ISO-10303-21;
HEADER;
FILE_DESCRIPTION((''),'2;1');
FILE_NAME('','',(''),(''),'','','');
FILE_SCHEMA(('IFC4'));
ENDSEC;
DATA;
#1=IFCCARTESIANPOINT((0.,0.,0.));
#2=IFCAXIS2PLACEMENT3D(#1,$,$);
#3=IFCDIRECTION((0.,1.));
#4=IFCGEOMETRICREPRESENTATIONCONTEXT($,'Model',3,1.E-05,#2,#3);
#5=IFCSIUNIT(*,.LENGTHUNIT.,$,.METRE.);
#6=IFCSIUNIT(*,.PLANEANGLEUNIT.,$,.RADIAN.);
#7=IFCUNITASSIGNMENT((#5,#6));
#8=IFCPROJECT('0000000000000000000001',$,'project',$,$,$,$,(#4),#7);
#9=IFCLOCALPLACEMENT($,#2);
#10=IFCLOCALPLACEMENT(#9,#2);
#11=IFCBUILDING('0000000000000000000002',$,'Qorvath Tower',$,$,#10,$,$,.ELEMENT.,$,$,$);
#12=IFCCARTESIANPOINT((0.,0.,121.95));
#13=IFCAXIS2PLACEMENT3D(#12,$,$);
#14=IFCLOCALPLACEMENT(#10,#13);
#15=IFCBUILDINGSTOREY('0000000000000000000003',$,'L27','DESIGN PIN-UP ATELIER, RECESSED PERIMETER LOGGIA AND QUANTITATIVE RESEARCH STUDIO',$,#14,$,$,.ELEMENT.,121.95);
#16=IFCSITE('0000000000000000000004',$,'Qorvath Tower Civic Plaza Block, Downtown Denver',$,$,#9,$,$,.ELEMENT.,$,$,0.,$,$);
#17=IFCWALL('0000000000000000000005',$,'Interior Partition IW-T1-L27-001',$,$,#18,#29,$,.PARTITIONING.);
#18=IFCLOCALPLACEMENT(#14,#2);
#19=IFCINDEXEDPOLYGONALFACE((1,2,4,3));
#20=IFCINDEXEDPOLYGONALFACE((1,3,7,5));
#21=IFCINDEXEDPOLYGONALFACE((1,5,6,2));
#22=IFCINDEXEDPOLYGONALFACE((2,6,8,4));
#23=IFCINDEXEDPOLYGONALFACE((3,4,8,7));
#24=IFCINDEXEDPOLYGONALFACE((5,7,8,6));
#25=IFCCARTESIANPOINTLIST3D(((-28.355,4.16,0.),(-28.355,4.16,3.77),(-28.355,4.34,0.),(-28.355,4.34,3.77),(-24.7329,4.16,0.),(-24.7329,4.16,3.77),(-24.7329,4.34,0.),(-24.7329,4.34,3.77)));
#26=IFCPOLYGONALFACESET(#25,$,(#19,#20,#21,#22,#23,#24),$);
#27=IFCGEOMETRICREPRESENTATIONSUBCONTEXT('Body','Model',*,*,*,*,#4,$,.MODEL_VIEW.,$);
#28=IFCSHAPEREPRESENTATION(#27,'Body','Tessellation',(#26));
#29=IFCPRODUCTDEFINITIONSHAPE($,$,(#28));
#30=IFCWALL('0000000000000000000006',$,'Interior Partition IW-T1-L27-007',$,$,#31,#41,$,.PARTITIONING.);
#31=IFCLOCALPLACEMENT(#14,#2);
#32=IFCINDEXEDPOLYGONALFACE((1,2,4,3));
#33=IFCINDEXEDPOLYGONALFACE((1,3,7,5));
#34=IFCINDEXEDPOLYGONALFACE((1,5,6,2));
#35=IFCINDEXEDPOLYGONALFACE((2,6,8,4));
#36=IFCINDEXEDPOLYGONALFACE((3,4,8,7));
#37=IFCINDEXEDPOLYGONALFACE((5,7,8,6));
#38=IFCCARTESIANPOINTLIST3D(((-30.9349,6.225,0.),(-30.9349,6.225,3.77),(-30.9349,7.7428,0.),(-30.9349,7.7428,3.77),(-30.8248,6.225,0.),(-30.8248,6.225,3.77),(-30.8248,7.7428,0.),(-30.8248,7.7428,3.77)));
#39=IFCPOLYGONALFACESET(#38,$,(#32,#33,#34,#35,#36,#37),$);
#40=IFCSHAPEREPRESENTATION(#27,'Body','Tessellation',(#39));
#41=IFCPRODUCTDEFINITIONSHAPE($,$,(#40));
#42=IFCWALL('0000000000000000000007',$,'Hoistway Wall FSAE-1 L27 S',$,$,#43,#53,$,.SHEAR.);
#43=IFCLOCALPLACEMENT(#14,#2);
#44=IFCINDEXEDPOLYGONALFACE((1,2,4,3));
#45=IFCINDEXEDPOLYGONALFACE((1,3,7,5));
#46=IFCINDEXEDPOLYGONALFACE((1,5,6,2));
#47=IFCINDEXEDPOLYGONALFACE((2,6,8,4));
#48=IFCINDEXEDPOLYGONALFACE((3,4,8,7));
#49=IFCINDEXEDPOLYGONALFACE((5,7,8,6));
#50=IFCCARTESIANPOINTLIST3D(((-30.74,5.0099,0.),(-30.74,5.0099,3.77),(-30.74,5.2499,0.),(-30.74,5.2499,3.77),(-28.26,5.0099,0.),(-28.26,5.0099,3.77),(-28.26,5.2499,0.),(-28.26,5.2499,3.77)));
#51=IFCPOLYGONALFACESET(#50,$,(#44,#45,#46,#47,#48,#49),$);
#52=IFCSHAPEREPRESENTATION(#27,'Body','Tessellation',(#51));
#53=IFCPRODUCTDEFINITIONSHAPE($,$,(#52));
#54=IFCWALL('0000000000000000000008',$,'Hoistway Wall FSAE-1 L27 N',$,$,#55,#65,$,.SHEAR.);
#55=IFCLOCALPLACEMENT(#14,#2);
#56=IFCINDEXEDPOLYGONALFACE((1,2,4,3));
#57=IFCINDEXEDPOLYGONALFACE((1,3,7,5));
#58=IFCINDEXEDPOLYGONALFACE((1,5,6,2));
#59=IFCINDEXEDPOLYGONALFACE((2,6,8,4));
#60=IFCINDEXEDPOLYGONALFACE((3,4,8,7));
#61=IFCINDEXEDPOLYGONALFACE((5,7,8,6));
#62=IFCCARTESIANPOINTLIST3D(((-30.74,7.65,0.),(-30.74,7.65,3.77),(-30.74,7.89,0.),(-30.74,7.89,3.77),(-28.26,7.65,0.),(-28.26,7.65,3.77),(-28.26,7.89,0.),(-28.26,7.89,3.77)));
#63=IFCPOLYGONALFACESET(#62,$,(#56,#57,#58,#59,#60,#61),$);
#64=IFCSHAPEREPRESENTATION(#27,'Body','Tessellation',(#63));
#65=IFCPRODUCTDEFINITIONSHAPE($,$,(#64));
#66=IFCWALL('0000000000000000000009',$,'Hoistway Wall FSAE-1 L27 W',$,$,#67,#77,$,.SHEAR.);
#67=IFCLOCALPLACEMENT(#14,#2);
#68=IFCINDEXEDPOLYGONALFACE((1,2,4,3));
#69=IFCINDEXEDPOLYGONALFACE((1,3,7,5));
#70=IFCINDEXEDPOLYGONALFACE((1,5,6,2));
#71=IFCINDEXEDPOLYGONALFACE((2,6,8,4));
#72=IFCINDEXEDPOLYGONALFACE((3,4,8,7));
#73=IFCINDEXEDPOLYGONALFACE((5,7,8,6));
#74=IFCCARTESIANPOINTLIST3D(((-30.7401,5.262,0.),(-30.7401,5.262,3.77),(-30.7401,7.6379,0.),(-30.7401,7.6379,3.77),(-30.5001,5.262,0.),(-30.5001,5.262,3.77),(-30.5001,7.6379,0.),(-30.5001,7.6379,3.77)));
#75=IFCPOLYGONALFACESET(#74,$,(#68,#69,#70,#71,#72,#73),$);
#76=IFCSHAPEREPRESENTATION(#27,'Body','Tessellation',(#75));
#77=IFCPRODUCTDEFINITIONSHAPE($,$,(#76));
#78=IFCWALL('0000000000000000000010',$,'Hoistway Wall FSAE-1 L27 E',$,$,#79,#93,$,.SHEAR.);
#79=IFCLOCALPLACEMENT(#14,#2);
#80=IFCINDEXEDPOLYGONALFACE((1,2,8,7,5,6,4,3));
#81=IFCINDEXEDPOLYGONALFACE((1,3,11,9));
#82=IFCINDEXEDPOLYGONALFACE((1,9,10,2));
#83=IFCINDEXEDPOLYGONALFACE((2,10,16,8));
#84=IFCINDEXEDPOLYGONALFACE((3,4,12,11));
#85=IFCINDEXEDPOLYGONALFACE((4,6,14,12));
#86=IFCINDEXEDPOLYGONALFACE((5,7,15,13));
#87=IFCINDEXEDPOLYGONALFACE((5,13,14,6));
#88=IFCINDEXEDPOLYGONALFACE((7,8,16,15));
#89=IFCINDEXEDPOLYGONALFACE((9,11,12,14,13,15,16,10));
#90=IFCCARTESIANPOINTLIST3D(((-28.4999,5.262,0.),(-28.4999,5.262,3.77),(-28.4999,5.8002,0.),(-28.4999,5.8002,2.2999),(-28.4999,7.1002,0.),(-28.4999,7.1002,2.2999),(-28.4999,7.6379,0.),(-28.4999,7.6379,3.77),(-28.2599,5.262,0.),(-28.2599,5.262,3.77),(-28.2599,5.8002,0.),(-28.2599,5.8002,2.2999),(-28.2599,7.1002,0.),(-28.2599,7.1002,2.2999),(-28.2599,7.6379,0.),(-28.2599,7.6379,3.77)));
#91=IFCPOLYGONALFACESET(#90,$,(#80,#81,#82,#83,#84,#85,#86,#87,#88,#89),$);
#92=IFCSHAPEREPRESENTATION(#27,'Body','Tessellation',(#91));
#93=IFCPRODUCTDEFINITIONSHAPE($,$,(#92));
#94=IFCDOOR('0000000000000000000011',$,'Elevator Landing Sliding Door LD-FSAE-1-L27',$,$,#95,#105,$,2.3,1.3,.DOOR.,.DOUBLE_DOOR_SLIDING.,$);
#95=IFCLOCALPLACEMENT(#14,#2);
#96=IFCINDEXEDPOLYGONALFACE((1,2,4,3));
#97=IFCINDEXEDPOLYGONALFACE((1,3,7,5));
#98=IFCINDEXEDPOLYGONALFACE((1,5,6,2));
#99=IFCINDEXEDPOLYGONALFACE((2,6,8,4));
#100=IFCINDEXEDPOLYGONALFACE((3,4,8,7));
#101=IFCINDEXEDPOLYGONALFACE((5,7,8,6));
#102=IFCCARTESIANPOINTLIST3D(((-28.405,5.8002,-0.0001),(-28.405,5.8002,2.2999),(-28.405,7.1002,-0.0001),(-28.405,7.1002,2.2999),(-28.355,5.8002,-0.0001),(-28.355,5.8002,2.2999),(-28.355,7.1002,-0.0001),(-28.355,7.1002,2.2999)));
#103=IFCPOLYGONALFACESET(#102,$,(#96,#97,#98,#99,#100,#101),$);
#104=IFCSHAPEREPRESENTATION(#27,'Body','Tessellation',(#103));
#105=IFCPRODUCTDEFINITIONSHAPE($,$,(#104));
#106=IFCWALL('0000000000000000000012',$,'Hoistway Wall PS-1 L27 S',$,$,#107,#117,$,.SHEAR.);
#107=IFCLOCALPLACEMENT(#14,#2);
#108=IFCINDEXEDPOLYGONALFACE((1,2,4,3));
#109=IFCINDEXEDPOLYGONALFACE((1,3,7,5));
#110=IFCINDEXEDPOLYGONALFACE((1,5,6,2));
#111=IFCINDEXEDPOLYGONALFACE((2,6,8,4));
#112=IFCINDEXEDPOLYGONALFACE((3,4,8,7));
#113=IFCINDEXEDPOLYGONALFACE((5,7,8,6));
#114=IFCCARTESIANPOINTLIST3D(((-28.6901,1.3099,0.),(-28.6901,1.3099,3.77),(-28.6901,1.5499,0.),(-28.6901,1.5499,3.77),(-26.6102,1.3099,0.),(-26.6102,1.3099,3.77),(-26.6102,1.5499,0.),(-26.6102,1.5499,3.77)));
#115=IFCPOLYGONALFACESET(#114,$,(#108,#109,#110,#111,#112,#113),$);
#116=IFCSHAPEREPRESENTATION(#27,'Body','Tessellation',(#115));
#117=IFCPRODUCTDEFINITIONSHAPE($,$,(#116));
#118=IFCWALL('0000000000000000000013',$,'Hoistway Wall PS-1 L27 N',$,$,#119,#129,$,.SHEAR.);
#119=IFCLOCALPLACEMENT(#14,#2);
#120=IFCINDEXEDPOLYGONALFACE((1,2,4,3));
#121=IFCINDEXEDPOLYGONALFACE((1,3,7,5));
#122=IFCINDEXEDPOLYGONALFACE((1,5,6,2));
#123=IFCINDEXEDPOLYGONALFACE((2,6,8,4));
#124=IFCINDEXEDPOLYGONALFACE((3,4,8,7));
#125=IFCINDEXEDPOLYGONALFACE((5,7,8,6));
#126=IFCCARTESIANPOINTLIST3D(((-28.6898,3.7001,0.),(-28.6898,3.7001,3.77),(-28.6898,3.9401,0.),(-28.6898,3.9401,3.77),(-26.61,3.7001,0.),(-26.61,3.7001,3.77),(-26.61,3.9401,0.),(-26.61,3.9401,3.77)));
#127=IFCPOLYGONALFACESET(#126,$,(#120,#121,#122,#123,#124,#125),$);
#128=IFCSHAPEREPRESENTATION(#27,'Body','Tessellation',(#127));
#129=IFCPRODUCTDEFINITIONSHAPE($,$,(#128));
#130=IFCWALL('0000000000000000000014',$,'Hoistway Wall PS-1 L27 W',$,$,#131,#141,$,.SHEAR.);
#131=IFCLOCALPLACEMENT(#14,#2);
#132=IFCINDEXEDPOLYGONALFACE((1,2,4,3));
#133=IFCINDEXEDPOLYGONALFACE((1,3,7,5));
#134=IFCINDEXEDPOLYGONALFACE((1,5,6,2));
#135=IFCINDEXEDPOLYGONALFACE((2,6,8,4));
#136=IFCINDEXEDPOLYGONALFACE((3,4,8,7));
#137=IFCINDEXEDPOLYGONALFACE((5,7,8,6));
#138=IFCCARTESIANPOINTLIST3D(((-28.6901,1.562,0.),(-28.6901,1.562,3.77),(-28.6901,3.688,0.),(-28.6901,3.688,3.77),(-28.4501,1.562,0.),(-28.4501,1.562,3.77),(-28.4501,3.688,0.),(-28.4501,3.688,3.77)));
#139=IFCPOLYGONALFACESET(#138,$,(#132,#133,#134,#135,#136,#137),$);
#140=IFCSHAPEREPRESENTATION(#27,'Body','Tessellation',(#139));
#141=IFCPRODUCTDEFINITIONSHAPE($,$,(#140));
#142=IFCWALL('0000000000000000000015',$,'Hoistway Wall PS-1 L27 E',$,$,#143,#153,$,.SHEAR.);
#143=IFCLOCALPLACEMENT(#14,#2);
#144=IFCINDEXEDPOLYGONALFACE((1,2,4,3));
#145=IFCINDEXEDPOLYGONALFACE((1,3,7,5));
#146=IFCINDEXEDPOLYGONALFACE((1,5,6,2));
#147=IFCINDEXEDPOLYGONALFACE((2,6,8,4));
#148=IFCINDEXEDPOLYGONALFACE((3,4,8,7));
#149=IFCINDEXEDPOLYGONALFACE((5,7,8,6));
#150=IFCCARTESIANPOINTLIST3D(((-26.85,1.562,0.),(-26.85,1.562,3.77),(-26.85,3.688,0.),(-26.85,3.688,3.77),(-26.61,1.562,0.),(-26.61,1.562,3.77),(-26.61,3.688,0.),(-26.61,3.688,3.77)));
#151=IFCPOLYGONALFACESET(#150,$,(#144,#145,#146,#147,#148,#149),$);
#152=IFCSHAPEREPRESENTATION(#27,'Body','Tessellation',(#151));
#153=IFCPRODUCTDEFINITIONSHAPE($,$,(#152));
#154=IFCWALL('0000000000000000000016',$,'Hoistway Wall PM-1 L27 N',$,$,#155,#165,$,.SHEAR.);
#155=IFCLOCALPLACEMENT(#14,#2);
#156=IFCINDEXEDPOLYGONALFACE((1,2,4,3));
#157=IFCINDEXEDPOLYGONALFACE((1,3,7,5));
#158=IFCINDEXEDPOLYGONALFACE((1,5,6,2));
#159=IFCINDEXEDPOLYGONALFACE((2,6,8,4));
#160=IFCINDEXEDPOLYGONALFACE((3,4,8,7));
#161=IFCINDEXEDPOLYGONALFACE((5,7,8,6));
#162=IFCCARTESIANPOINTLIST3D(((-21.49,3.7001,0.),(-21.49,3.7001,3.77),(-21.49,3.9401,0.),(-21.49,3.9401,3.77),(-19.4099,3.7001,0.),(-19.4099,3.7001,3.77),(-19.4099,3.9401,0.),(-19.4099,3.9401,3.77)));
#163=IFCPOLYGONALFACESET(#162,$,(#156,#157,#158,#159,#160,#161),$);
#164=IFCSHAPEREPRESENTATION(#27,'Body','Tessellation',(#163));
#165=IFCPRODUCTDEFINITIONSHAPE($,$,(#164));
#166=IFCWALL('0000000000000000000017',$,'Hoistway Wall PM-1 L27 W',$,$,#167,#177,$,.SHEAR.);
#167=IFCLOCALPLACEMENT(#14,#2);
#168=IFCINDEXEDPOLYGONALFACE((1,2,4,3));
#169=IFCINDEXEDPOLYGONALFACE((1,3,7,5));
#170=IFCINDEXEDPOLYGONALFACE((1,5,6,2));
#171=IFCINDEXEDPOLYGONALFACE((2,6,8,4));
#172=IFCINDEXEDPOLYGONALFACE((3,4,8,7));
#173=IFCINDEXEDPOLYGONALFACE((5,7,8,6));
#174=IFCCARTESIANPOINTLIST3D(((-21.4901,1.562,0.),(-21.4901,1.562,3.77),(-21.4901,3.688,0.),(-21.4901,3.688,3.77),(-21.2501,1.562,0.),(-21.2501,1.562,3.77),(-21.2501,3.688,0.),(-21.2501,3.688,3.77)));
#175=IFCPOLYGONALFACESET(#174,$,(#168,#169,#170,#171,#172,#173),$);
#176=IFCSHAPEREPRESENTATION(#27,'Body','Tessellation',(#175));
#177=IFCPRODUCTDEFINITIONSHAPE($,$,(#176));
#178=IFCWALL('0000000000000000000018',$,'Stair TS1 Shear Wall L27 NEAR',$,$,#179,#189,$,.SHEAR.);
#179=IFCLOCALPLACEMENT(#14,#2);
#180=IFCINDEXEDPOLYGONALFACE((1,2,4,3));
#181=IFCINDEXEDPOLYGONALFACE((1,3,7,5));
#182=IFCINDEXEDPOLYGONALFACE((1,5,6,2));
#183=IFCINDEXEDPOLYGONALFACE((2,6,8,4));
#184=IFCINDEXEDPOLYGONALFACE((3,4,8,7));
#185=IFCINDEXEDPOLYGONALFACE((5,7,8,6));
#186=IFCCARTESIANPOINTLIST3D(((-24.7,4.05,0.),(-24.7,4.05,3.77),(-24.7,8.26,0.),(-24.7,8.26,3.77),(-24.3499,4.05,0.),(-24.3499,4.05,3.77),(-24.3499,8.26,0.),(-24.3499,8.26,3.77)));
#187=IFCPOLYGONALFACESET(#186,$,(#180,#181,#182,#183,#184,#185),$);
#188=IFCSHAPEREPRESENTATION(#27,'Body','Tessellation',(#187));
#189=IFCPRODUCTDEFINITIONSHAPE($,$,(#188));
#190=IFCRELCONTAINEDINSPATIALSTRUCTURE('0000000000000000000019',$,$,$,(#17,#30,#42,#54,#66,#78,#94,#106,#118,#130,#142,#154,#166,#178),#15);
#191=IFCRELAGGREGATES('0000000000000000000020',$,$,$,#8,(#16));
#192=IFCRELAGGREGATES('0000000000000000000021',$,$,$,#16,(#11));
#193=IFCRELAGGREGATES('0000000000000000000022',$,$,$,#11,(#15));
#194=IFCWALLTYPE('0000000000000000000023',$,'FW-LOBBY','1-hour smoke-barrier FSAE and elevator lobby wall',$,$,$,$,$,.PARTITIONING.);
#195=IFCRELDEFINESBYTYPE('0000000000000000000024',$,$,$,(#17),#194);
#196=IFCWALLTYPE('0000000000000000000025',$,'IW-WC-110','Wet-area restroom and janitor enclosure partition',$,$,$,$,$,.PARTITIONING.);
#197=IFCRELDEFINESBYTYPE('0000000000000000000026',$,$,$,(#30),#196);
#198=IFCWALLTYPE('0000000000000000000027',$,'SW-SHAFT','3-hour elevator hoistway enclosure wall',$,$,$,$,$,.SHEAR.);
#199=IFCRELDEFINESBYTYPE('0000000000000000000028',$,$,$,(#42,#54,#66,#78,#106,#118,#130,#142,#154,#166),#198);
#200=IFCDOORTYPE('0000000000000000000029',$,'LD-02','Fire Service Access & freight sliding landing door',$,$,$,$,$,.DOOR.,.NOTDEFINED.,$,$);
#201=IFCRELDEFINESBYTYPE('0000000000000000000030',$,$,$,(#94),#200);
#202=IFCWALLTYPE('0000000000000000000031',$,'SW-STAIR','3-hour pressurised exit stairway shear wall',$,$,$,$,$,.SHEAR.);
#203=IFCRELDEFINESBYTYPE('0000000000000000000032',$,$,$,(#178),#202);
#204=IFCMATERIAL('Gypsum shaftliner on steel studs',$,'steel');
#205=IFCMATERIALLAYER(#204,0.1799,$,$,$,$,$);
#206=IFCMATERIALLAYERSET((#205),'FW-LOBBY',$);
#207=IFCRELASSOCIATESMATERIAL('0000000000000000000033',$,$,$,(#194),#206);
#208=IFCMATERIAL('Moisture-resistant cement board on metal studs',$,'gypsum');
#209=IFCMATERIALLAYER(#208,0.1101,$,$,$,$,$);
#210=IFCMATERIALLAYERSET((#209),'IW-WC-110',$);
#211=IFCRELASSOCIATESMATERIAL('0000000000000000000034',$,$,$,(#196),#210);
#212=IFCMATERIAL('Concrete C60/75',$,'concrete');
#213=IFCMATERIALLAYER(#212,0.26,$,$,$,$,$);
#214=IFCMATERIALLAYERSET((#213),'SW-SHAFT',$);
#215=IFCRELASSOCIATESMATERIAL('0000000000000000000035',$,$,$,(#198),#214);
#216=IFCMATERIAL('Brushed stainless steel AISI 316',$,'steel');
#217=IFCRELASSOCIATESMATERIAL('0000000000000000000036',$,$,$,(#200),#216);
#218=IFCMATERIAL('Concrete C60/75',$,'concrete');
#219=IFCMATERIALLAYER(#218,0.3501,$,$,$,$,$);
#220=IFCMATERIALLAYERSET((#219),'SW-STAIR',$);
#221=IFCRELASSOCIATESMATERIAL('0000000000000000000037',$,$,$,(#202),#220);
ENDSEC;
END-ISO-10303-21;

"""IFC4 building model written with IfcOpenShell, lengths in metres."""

from ifc_helpers import new_model, si_unit, direction, frame, frame_2d, origin, place, context, subcontext, project, spatial, rectangle, extrude, material, layer, layer_set, type_object, element, fill, save


model = new_model("IFC4")

# Units and contexts
model_context = context("Model", 3, precision=1e-05, world=origin(), true_north=direction((0.0, 1.0)))
body_context = subcontext(model_context, "Body", "Model", "MODEL_VIEW")
ifc_project = project(units=[si_unit("LENGTHUNIT", "METRE"), si_unit("PLANEANGLEUNIT", "RADIAN")], contexts=[model_context])

# Site, building, storey
site_placement = place(None, origin())
site = spatial("IfcSite", under=ifc_project, at=site_placement, Name="Qorvath Tower Civic Plaza Block, Downtown Denver", CompositionType="ELEMENT", RefElevation=0.0)
building_placement = place(site_placement, origin())
building = spatial("IfcBuilding", under=site, at=building_placement, Name="Qorvath Tower", CompositionType="ELEMENT")
storey_placement = place(building_placement, frame((0.0, 0.0, 121.95)))
storey = spatial("IfcBuildingStorey", under=building, at=storey_placement, Name="L27", Description="DESIGN PIN-UP ATELIER, RECESSED PERIMETER LOGGIA AND QUANTITATIVE RESEARCH STUDIO", CompositionType="ELEMENT", Elevation=121.95)

# Wall
ifc_material_1 = material(Name="Gypsum shaftliner on steel studs", Category="steel")
ifc_layer_1 = layer(ifc_material_1, 0.1799)
ifc_layer_set_1 = layer_set([ifc_layer_1], Name="FW-LOBBY")
wall_type_1 = type_object("IfcWallType", Name="FW-LOBBY", Description="1-hour smoke-barrier FSAE and elevator lobby wall", PredefinedType="PARTITIONING", material=ifc_layer_set_1)
wall_1_placement = place(storey_placement, frame((-28.355, 4.25, 0.0), z_axis=(0.0, 0.0, 1.0), x_axis=(1.0, 0.0, 0.0)))
element("IfcWall", 1, at=wall_1_placement, inside=storey, type_object=wall_type_1, Name="Interior Partition IW-T1-L27-001", PredefinedType="PARTITIONING", context=body_context, shape_type="SweptSolid", body=[
    extrude(rectangle(XDim=3.6221, YDim=0.1799, at=frame_2d((1.811, 0.0))), origin(), (0.0, 0.0, 1.0), 3.77),
])

# Walls
ifc_material_2 = material(Name="Moisture-resistant cement board on metal studs", Category="gypsum")
ifc_layer_2 = layer(ifc_material_2, 0.1101)
ifc_layer_set_2 = layer_set([ifc_layer_2], Name="IW-WC-110")
wall_type_2 = type_object("IfcWallType", Name="IW-WC-110", Description="Wet-area restroom and janitor enclosure partition", PredefinedType="PARTITIONING", material=ifc_layer_set_2)
wall_2_placement = place(storey_placement, frame((-30.8799, 6.2251, 0.0), z_axis=(0.0, 0.0, 1.0), x_axis=(0.0, 1.0, 0.0)))
element("IfcWall", 2, at=wall_2_placement, inside=storey, type_object=wall_type_2, Name="Interior Partition IW-T1-L27-007", PredefinedType="PARTITIONING", context=body_context, shape_type="SweptSolid", body=[
    extrude(rectangle(XDim=1.5178, YDim=0.1101, at=frame_2d((0.7588, 0.0))), origin(), (0.0, 0.0, 1.0), 3.77),
])
ifc_material_3 = material(Name="Concrete C60/75", Category="concrete")
ifc_layer_3 = layer(ifc_material_3, 0.26)
ifc_layer_set_3 = layer_set([ifc_layer_3], Name="SW-SHAFT")
wall_type_3 = type_object("IfcWallType", Name="SW-SHAFT", Description="3-hour elevator hoistway enclosure wall", PredefinedType="SHEAR", material=ifc_layer_set_3)
for number, where, z_axis, x_axis, name in (
    (3, (-28.26, 5.1299, 0.0), (0.0, 0.0, 1.0), (-1.0, 0.0, 0.0), "Hoistway Wall FSAE-1 L27 S"),
    (4, (-30.74, 7.77, 0.0), (0.0, 0.0, 1.0), (1.0, 0.0, 0.0), "Hoistway Wall FSAE-1 L27 N"),
):
    element("IfcWall", number, at=place(storey_placement, frame(where, z_axis=z_axis, x_axis=x_axis)), inside=storey, type_object=wall_type_3, Name=name, PredefinedType="SHEAR", context=body_context, shape_type="SweptSolid", body=[
        extrude(rectangle(XDim=2.48, YDim=0.24, at=frame_2d((1.24, 0.0))), origin(), (0.0, 0.0, 1.0), 3.77),
    ])
wall_3_placement = place(storey_placement, frame((-30.6201, 5.262, 0.0), z_axis=(0.0, 0.0, 1.0), x_axis=(0.0, 1.0, 0.0)))
element("IfcWall", 5, at=wall_3_placement, inside=storey, type_object=wall_type_3, Name="Hoistway Wall FSAE-1 L27 W", PredefinedType="SHEAR", context=body_context, shape_type="SweptSolid", body=[
    extrude(rectangle(XDim=2.376, YDim=0.24, at=frame_2d((1.188, 0.0))), origin(), (0.0, 0.0, 1.0), 3.77),
])

# Wall, opening, door
wall_4_placement = place(storey_placement, frame((-28.3799, 7.6379, 0.0), z_axis=(0.0, 0.0, 1.0), x_axis=(0.0, -1.0, 0.0)))
wall_4 = element("IfcWall", 6, at=wall_4_placement, inside=storey, type_object=wall_type_3, Name="Hoistway Wall FSAE-1 L27 E", PredefinedType="SHEAR", context=body_context, shape_type="SweptSolid", body=[
    extrude(rectangle(XDim=2.376, YDim=0.24, at=frame_2d((1.188, 0.0))), origin(), (0.0, 0.0, 1.0), 3.77),
])
opening_1_placement = place(wall_4_placement, frame((0.5378, 0.0, 0.0)))
opening_1 = element("IfcOpeningElement", 7, at=opening_1_placement, cuts=wall_4, PredefinedType="OPENING", context=body_context, shape_type="SweptSolid", body=[
    extrude(rectangle(XDim=1.3, YDim=2.3, at=frame_2d((0.6499, 1.1499))), frame((0.0, 0.1299, 0.0), z_axis=(0.0, -1.0, 0.0), x_axis=(1.0, 0.0, 0.0)), (0.0, 0.0, 1.0), 0.26),
])
ifc_material_4 = material(Name="Brushed stainless steel AISI 316", Category="steel")
door_type_1 = type_object("IfcDoorType", Name="LD-02", Description="Fire Service Access & freight sliding landing door", OperationType="NOTDEFINED", PredefinedType="DOOR", material=ifc_material_4)
door_1_placement = place(opening_1_placement, origin())
door_1 = element("IfcDoor", 8, at=door_1_placement, inside=storey, type_object=door_type_1, Name="Elevator Landing Sliding Door LD-FSAE-1-L27", OperationType="DOUBLE_DOOR_SLIDING", OverallHeight=2.3, OverallWidth=1.3, PredefinedType="DOOR", context=body_context, shape_type="SweptSolid", body=[
    extrude(rectangle(XDim=1.3, YDim=2.3, at=frame_2d((0.6499, 1.1499))), frame((0.0, 0.0249, 0.0), z_axis=(0.0, -1.0, 0.0), x_axis=(1.0, 0.0, 0.0)), (0.0, 0.0, 1.0), 0.05),
])
fill(opening_1, door_1)

# Walls
for number, where, z_axis, x_axis, name in (
    (9, (-26.6101, 1.4299, 0.0), (0.0, 0.0, 1.0), (-1.0, 0.0, 0.0), "Hoistway Wall PS-1 L27 S"),
    (10, (-28.6899, 3.8201, 0.0), (0.0, 0.0, 1.0), (1.0, 0.0, 0.0), "Hoistway Wall PS-1 L27 N"),
):
    element("IfcWall", number, at=place(storey_placement, frame(where, z_axis=z_axis, x_axis=x_axis)), inside=storey, type_object=wall_type_3, Name=name, PredefinedType="SHEAR", context=body_context, shape_type="SweptSolid", body=[
        extrude(rectangle(XDim=2.0798, YDim=0.24, at=frame_2d((1.04, 0.0))), origin(), (0.0, 0.0, 1.0), 3.77),
    ])
for number, where, z_axis, x_axis, name in (
    (11, (-28.5701, 1.562, 0.0), (0.0, 0.0, 1.0), (0.0, 1.0, 0.0), "Hoistway Wall PS-1 L27 W"),
    (12, (-26.73, 3.688, 0.0), (0.0, 0.0, 1.0), (0.0, -1.0, 0.0), "Hoistway Wall PS-1 L27 E"),
):
    element("IfcWall", number, at=place(storey_placement, frame(where, z_axis=z_axis, x_axis=x_axis)), inside=storey, type_object=wall_type_3, Name=name, PredefinedType="SHEAR", context=body_context, shape_type="SweptSolid", body=[
        extrude(rectangle(XDim=2.126, YDim=0.24, at=frame_2d((1.063, 0.0))), origin(), (0.0, 0.0, 1.0), 3.77),
    ])
wall_5_placement = place(storey_placement, frame((-21.49, 3.8201, 0.0), z_axis=(0.0, 0.0, 1.0), x_axis=(1.0, 0.0, 0.0)))
element("IfcWall", 13, at=wall_5_placement, inside=storey, type_object=wall_type_3, Name="Hoistway Wall PM-1 L27 N", PredefinedType="SHEAR", context=body_context, shape_type="SweptSolid", body=[
    extrude(rectangle(XDim=2.0801, YDim=0.24, at=frame_2d((1.04, 0.0))), origin(), (0.0, 0.0, 1.0), 3.77),
])
wall_6_placement = place(storey_placement, frame((-21.3701, 1.562, 0.0), z_axis=(0.0, 0.0, 1.0), x_axis=(0.0, 1.0, 0.0)))
element("IfcWall", 14, at=wall_6_placement, inside=storey, type_object=wall_type_3, Name="Hoistway Wall PM-1 L27 W", PredefinedType="SHEAR", context=body_context, shape_type="SweptSolid", body=[
    extrude(rectangle(XDim=2.126, YDim=0.24, at=frame_2d((1.063, 0.0))), origin(), (0.0, 0.0, 1.0), 3.77),
])
ifc_material_5 = material(Name="Concrete C60/75", Category="concrete")
ifc_layer_4 = layer(ifc_material_5, 0.3501)
ifc_layer_set_4 = layer_set([ifc_layer_4], Name="SW-STAIR")
wall_type_4 = type_object("IfcWallType", Name="SW-STAIR", Description="3-hour pressurised exit stairway shear wall", PredefinedType="SHEAR", material=ifc_layer_set_4)
wall_7_placement = place(storey_placement, frame((-24.5249, 8.26, 0.0), z_axis=(0.0, 0.0, 1.0), x_axis=(0.0, -1.0, 0.0)))
element("IfcWall", 15, at=wall_7_placement, inside=storey, type_object=wall_type_4, Name="Stair TS1 Shear Wall L27 NEAR", PredefinedType="SHEAR", context=body_context, shape_type="SweptSolid", body=[
    extrude(rectangle(XDim=4.21, YDim=0.3501, at=frame_2d((2.105, 0.0))), origin(), (0.0, 0.0, 1.0), 3.77),
])

save(model, "model.ifc")
